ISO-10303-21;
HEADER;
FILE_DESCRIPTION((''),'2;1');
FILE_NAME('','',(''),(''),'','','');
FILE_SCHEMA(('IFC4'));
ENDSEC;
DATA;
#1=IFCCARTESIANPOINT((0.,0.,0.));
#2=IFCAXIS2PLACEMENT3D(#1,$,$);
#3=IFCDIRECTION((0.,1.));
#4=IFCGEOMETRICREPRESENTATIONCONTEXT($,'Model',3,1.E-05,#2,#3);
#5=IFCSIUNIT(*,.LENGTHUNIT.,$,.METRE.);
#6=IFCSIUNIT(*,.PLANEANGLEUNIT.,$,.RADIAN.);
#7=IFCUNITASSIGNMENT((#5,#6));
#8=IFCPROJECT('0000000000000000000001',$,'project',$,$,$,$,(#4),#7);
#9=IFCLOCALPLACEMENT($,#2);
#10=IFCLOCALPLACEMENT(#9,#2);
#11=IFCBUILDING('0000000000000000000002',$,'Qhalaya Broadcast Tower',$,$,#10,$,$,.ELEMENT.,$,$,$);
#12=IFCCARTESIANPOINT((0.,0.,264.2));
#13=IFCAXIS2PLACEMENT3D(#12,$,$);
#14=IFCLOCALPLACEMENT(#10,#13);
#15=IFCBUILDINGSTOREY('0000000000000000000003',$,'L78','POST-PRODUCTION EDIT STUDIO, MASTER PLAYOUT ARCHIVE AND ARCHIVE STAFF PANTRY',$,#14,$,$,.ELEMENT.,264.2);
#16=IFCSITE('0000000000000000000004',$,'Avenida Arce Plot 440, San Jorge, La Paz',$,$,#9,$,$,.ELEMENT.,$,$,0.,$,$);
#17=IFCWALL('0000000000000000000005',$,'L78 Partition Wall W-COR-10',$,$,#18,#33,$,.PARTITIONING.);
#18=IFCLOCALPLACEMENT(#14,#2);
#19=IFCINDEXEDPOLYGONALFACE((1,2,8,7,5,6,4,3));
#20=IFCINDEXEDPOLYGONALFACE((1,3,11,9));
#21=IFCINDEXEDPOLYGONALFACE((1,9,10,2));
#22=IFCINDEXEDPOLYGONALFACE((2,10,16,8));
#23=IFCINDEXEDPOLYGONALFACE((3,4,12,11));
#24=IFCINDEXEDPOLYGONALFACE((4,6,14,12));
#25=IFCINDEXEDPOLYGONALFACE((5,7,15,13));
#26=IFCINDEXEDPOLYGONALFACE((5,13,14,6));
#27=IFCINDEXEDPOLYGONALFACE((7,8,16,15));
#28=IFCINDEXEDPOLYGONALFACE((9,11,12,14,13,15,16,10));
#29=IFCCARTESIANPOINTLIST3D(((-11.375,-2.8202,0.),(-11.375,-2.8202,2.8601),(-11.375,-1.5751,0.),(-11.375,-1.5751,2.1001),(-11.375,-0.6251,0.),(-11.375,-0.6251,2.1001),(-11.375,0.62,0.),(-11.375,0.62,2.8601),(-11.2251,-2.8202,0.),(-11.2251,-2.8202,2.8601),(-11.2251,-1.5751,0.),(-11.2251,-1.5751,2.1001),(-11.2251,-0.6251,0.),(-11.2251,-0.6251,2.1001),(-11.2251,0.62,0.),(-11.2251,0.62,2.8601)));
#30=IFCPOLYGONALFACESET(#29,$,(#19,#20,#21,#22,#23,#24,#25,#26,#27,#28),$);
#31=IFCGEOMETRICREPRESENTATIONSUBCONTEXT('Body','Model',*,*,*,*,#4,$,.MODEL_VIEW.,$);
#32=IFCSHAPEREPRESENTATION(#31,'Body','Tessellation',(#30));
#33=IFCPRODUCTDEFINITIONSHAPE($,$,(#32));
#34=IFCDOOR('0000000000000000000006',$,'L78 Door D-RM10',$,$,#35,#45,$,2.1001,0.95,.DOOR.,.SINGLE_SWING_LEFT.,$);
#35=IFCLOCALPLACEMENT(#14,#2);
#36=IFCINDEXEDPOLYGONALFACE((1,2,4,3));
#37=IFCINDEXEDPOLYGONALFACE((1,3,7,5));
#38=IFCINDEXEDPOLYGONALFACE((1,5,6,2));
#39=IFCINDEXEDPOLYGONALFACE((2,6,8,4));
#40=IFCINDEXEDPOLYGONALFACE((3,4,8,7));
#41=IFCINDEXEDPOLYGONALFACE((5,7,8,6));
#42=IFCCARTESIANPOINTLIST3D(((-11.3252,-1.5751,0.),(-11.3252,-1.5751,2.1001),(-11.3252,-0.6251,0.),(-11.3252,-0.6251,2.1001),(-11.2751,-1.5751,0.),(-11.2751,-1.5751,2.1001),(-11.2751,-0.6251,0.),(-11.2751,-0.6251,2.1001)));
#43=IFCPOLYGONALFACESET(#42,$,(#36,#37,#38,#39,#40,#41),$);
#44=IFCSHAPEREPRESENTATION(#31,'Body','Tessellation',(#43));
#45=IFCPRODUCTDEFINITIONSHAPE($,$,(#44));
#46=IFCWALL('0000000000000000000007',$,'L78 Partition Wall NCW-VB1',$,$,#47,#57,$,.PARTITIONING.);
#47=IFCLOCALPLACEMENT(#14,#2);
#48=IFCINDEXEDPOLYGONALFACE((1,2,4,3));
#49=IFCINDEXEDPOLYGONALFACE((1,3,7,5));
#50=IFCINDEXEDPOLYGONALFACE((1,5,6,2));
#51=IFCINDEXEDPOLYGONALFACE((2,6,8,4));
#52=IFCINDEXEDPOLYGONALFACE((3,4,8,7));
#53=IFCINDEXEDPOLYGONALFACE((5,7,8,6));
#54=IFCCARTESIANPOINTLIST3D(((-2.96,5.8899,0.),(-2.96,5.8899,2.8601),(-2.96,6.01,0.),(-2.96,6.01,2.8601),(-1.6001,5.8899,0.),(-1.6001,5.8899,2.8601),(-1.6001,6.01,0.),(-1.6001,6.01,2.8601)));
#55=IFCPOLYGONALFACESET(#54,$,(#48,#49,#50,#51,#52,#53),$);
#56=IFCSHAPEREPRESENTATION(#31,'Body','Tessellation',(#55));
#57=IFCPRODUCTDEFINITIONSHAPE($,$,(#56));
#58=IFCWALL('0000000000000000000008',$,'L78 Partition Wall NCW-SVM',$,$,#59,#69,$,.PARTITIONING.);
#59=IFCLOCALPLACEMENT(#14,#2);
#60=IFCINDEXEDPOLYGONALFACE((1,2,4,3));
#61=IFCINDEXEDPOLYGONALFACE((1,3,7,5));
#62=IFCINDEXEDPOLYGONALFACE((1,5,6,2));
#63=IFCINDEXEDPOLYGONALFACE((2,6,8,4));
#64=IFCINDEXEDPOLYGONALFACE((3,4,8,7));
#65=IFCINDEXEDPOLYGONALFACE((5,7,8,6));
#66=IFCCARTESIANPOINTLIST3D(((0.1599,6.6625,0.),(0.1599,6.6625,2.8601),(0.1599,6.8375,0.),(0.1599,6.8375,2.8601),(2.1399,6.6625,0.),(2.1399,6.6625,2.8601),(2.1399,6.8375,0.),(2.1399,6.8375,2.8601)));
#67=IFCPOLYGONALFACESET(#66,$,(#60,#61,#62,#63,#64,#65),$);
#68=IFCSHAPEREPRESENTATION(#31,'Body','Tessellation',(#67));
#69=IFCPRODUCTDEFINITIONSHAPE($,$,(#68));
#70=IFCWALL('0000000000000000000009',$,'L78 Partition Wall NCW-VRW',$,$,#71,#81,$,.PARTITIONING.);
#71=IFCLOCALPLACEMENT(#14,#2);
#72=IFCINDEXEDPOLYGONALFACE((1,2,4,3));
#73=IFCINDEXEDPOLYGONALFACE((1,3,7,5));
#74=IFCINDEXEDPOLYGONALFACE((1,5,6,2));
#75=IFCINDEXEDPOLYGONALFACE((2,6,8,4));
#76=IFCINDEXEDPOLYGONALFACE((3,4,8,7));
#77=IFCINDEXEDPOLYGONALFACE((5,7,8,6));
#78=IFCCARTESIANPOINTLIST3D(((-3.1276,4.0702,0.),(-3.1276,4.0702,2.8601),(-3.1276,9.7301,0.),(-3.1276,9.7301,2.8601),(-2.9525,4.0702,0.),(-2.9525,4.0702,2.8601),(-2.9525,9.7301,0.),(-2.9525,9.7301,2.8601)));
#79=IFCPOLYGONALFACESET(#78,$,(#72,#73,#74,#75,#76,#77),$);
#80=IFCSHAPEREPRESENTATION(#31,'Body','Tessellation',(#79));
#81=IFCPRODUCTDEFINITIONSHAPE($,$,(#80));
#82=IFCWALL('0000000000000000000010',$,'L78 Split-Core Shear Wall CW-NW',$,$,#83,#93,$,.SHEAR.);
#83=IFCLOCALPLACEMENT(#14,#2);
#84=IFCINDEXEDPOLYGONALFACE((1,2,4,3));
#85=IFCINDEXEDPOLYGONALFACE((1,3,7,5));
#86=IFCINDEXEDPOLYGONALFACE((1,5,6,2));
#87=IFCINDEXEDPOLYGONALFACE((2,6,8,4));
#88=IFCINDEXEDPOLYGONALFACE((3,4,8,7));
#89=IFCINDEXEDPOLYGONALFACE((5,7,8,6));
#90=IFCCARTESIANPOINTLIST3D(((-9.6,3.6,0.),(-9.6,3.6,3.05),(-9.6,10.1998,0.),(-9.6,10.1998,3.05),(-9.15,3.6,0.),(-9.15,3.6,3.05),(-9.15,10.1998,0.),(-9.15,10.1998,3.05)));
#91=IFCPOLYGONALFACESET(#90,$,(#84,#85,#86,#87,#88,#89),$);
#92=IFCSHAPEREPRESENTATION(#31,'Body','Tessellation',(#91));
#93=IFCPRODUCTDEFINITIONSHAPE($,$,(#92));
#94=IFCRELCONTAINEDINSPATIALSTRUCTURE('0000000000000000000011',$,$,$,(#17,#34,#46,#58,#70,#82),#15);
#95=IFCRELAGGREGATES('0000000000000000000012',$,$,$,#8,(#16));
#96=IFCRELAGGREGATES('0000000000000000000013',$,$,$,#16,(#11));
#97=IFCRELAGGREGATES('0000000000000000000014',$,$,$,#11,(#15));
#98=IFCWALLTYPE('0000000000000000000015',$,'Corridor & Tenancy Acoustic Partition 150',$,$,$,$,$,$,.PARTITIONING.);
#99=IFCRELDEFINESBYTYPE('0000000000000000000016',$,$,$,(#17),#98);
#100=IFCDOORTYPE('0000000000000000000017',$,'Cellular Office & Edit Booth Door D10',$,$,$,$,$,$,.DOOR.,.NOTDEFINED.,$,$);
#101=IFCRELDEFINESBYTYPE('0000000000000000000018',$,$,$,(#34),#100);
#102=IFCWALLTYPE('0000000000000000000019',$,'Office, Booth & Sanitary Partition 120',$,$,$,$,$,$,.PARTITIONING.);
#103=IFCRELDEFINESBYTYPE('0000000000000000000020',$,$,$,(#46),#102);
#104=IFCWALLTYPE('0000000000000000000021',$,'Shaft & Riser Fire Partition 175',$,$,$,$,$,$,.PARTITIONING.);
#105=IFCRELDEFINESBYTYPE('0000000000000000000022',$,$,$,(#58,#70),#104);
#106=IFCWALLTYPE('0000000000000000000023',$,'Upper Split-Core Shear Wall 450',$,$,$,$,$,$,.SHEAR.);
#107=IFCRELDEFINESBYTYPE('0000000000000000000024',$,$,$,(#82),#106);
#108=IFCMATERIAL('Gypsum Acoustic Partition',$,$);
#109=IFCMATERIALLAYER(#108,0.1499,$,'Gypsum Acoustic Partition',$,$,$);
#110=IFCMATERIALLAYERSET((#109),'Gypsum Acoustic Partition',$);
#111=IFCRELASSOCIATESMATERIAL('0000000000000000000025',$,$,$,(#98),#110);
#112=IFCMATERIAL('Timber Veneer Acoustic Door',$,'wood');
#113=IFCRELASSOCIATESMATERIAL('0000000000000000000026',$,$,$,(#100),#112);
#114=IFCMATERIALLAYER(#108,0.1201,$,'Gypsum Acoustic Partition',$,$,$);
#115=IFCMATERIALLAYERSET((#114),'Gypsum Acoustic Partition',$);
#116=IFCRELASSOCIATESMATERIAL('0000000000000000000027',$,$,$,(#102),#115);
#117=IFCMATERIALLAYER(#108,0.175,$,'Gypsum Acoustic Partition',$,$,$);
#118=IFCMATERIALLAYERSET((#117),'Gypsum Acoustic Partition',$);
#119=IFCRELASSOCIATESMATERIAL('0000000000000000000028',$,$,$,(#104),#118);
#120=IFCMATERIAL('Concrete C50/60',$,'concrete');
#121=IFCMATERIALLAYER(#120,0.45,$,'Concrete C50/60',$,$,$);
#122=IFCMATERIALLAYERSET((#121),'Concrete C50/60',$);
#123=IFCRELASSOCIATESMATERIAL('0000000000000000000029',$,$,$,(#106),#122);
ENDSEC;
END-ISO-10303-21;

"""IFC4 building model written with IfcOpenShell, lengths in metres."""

from ifc_helpers import new_model, si_unit, direction, frame, frame_2d, origin, place, context, subcontext, project, spatial, rectangle, extrude, material, layer, layer_set, type_object, element, fill, save


model = new_model("IFC4")

# Units and contexts
model_context = context("Model", 3, precision=1e-05, world=origin(), true_north=direction((0.0, 1.0)))
body_context = subcontext(model_context, "Body", "Model", "MODEL_VIEW")
ifc_project = project(units=[si_unit("LENGTHUNIT", "METRE"), si_unit("PLANEANGLEUNIT", "RADIAN")], contexts=[model_context])

# Site, building, storey
site_placement = place(None, origin())
site = spatial("IfcSite", under=ifc_project, at=site_placement, Name="Avenida Arce Plot 440, San Jorge, La Paz", CompositionType="ELEMENT", RefElevation=0.0)
building_placement = place(site_placement, origin())
building = spatial("IfcBuilding", under=site, at=building_placement, Name="Qhalaya Broadcast Tower", CompositionType="ELEMENT")
storey_placement = place(building_placement, frame((0.0, 0.0, 264.2)))
storey = spatial("IfcBuildingStorey", under=building, at=storey_placement, Name="L78", Description="POST-PRODUCTION EDIT STUDIO, MASTER PLAYOUT ARCHIVE AND ARCHIVE STAFF PANTRY", CompositionType="ELEMENT", Elevation=264.2)

# Shared definitions
ifc_material_1 = material(Name="Concrete C50/60", Category="concrete")

# Shared definitions
ifc_material_2 = material(Name="Gypsum Acoustic Partition")
ifc_layer_1 = layer(ifc_material_2, 0.1499, Name="Gypsum Acoustic Partition")
ifc_layer_set_1 = layer_set([ifc_layer_1], Name="Gypsum Acoustic Partition")
wall_type_1 = type_object("IfcWallType", Name="Corridor & Tenancy Acoustic Partition 150", PredefinedType="PARTITIONING", material=ifc_layer_set_1)
ifc_material_3 = material(Name="Timber Veneer Acoustic Door", Category="wood")

# Wall, opening, door
wall_1_placement = place(storey_placement, frame((-11.3, 0.6201, 0.0), z_axis=(0.0, 0.0, 1.0), x_axis=(0.0, -1.0, 0.0)))
wall_1 = element("IfcWall", 1, at=wall_1_placement, inside=storey, type_object=wall_type_1, Name="L78 Partition Wall W-COR-10", PredefinedType="PARTITIONING", context=body_context, shape_type="SweptSolid", body=[
    extrude(rectangle(XDim=3.4402, YDim=0.1499, at=frame_2d((1.7202, 0.0))), origin(), (0.0, 0.0, 1.0), 2.8601),
])
opening_1_placement = place(wall_1_placement, frame((1.2451, 0.0, 0.0)))
opening_1 = element("IfcOpeningElement", 2, at=opening_1_placement, cuts=wall_1, PredefinedType="OPENING", context=body_context, shape_type="SweptSolid", body=[
    extrude(rectangle(XDim=0.95, YDim=2.1001, at=frame_2d((0.4751, 1.05))), frame((0.0, 0.0869, 0.0), z_axis=(0.0, -1.0, 0.0), x_axis=(1.0, 0.0, 0.0)), (0.0, 0.0, 1.0), 0.1738),
])
door_type_1 = type_object("IfcDoorType", Name="Cellular Office & Edit Booth Door D10", OperationType="NOTDEFINED", PredefinedType="DOOR", material=ifc_material_3)
door_1_placement = place(opening_1_placement, origin())
door_1 = element("IfcDoor", 3, at=door_1_placement, inside=storey, type_object=door_type_1, Name="L78 Door D-RM10", OperationType="SINGLE_SWING_LEFT", OverallHeight=2.1001, OverallWidth=0.95, PredefinedType="DOOR", context=body_context, shape_type="SweptSolid", body=[
    extrude(rectangle(XDim=0.95, YDim=2.1001, at=frame_2d((0.4751, 1.05))), frame((0.0, 0.0249, 0.0), z_axis=(0.0, -1.0, 0.0), x_axis=(1.0, 0.0, 0.0)), (0.0, 0.0, 1.0), 0.05),
])
fill(opening_1, door_1)

# Wall
ifc_layer_2 = layer(ifc_material_2, 0.1201, Name="Gypsum Acoustic Partition")
ifc_layer_set_2 = layer_set([ifc_layer_2], Name="Gypsum Acoustic Partition")
wall_type_2 = type_object("IfcWallType", Name="Office, Booth & Sanitary Partition 120", PredefinedType="PARTITIONING", material=ifc_layer_set_2)
wall_2_placement = place(storey_placement, frame((-2.96, 5.95, 0.0), z_axis=(0.0, 0.0, 1.0), x_axis=(1.0, 0.0, 0.0)))
element("IfcWall", 4, at=wall_2_placement, inside=storey, type_object=wall_type_2, Name="L78 Partition Wall NCW-VB1", PredefinedType="PARTITIONING", context=body_context, shape_type="SweptSolid", body=[
    extrude(rectangle(XDim=1.3599, YDim=0.1201, at=frame_2d((0.6799, 0.0))), origin(), (0.0, 0.0, 1.0), 2.8601),
])

# Shared definitions
ifc_layer_3 = layer(ifc_material_2, 0.175, Name="Gypsum Acoustic Partition")
ifc_layer_set_3 = layer_set([ifc_layer_3], Name="Gypsum Acoustic Partition")
wall_type_3 = type_object("IfcWallType", Name="Shaft & Riser Fire Partition 175", PredefinedType="PARTITIONING", material=ifc_layer_set_3)

# Walls
wall_3_placement = place(storey_placement, frame((0.1599, 6.75, 0.0), z_axis=(0.0, 0.0, 1.0), x_axis=(1.0, 0.0, 0.0)))
element("IfcWall", 5, at=wall_3_placement, inside=storey, type_object=wall_type_3, Name="L78 Partition Wall NCW-SVM", PredefinedType="PARTITIONING", context=body_context, shape_type="SweptSolid", body=[
    extrude(rectangle(XDim=1.98, YDim=0.175, at=frame_2d((0.99, 0.0))), origin(), (0.0, 0.0, 1.0), 2.8601),
])
wall_4_placement = place(storey_placement, frame((-3.04, 4.0701, 0.0), z_axis=(0.0, 0.0, 1.0), x_axis=(0.0, 1.0, 0.0)))
element("IfcWall", 6, at=wall_4_placement, inside=storey, type_object=wall_type_3, Name="L78 Partition Wall NCW-VRW", PredefinedType="PARTITIONING", context=body_context, shape_type="SweptSolid", body=[
    extrude(rectangle(XDim=5.6599, YDim=0.175, at=frame_2d((2.8301, 0.0))), origin(), (0.0, 0.0, 1.0), 2.8601),
])

# Shared definitions
ifc_layer_4 = layer(ifc_material_1, 0.45, Name="Concrete C50/60")
ifc_layer_set_4 = layer_set([ifc_layer_4], Name="Concrete C50/60")
wall_type_4 = type_object("IfcWallType", Name="Upper Split-Core Shear Wall 450", PredefinedType="SHEAR", material=ifc_layer_set_4)

# Wall
wall_5_placement = place(storey_placement, frame((-9.375, 3.6001, 0.0), z_axis=(0.0, 0.0, 1.0), x_axis=(0.0, 1.0, 0.0)))
element("IfcWall", 7, at=wall_5_placement, inside=storey, type_object=wall_type_4, Name="L78 Split-Core Shear Wall CW-NW", PredefinedType="SHEAR", context=body_context, shape_type="SweptSolid", body=[
    extrude(rectangle(XDim=6.5999, YDim=0.45, at=frame_2d((3.2998, 0.0))), origin(), (0.0, 0.0, 1.0), 3.05),
])

save(model, "model.ifc")
